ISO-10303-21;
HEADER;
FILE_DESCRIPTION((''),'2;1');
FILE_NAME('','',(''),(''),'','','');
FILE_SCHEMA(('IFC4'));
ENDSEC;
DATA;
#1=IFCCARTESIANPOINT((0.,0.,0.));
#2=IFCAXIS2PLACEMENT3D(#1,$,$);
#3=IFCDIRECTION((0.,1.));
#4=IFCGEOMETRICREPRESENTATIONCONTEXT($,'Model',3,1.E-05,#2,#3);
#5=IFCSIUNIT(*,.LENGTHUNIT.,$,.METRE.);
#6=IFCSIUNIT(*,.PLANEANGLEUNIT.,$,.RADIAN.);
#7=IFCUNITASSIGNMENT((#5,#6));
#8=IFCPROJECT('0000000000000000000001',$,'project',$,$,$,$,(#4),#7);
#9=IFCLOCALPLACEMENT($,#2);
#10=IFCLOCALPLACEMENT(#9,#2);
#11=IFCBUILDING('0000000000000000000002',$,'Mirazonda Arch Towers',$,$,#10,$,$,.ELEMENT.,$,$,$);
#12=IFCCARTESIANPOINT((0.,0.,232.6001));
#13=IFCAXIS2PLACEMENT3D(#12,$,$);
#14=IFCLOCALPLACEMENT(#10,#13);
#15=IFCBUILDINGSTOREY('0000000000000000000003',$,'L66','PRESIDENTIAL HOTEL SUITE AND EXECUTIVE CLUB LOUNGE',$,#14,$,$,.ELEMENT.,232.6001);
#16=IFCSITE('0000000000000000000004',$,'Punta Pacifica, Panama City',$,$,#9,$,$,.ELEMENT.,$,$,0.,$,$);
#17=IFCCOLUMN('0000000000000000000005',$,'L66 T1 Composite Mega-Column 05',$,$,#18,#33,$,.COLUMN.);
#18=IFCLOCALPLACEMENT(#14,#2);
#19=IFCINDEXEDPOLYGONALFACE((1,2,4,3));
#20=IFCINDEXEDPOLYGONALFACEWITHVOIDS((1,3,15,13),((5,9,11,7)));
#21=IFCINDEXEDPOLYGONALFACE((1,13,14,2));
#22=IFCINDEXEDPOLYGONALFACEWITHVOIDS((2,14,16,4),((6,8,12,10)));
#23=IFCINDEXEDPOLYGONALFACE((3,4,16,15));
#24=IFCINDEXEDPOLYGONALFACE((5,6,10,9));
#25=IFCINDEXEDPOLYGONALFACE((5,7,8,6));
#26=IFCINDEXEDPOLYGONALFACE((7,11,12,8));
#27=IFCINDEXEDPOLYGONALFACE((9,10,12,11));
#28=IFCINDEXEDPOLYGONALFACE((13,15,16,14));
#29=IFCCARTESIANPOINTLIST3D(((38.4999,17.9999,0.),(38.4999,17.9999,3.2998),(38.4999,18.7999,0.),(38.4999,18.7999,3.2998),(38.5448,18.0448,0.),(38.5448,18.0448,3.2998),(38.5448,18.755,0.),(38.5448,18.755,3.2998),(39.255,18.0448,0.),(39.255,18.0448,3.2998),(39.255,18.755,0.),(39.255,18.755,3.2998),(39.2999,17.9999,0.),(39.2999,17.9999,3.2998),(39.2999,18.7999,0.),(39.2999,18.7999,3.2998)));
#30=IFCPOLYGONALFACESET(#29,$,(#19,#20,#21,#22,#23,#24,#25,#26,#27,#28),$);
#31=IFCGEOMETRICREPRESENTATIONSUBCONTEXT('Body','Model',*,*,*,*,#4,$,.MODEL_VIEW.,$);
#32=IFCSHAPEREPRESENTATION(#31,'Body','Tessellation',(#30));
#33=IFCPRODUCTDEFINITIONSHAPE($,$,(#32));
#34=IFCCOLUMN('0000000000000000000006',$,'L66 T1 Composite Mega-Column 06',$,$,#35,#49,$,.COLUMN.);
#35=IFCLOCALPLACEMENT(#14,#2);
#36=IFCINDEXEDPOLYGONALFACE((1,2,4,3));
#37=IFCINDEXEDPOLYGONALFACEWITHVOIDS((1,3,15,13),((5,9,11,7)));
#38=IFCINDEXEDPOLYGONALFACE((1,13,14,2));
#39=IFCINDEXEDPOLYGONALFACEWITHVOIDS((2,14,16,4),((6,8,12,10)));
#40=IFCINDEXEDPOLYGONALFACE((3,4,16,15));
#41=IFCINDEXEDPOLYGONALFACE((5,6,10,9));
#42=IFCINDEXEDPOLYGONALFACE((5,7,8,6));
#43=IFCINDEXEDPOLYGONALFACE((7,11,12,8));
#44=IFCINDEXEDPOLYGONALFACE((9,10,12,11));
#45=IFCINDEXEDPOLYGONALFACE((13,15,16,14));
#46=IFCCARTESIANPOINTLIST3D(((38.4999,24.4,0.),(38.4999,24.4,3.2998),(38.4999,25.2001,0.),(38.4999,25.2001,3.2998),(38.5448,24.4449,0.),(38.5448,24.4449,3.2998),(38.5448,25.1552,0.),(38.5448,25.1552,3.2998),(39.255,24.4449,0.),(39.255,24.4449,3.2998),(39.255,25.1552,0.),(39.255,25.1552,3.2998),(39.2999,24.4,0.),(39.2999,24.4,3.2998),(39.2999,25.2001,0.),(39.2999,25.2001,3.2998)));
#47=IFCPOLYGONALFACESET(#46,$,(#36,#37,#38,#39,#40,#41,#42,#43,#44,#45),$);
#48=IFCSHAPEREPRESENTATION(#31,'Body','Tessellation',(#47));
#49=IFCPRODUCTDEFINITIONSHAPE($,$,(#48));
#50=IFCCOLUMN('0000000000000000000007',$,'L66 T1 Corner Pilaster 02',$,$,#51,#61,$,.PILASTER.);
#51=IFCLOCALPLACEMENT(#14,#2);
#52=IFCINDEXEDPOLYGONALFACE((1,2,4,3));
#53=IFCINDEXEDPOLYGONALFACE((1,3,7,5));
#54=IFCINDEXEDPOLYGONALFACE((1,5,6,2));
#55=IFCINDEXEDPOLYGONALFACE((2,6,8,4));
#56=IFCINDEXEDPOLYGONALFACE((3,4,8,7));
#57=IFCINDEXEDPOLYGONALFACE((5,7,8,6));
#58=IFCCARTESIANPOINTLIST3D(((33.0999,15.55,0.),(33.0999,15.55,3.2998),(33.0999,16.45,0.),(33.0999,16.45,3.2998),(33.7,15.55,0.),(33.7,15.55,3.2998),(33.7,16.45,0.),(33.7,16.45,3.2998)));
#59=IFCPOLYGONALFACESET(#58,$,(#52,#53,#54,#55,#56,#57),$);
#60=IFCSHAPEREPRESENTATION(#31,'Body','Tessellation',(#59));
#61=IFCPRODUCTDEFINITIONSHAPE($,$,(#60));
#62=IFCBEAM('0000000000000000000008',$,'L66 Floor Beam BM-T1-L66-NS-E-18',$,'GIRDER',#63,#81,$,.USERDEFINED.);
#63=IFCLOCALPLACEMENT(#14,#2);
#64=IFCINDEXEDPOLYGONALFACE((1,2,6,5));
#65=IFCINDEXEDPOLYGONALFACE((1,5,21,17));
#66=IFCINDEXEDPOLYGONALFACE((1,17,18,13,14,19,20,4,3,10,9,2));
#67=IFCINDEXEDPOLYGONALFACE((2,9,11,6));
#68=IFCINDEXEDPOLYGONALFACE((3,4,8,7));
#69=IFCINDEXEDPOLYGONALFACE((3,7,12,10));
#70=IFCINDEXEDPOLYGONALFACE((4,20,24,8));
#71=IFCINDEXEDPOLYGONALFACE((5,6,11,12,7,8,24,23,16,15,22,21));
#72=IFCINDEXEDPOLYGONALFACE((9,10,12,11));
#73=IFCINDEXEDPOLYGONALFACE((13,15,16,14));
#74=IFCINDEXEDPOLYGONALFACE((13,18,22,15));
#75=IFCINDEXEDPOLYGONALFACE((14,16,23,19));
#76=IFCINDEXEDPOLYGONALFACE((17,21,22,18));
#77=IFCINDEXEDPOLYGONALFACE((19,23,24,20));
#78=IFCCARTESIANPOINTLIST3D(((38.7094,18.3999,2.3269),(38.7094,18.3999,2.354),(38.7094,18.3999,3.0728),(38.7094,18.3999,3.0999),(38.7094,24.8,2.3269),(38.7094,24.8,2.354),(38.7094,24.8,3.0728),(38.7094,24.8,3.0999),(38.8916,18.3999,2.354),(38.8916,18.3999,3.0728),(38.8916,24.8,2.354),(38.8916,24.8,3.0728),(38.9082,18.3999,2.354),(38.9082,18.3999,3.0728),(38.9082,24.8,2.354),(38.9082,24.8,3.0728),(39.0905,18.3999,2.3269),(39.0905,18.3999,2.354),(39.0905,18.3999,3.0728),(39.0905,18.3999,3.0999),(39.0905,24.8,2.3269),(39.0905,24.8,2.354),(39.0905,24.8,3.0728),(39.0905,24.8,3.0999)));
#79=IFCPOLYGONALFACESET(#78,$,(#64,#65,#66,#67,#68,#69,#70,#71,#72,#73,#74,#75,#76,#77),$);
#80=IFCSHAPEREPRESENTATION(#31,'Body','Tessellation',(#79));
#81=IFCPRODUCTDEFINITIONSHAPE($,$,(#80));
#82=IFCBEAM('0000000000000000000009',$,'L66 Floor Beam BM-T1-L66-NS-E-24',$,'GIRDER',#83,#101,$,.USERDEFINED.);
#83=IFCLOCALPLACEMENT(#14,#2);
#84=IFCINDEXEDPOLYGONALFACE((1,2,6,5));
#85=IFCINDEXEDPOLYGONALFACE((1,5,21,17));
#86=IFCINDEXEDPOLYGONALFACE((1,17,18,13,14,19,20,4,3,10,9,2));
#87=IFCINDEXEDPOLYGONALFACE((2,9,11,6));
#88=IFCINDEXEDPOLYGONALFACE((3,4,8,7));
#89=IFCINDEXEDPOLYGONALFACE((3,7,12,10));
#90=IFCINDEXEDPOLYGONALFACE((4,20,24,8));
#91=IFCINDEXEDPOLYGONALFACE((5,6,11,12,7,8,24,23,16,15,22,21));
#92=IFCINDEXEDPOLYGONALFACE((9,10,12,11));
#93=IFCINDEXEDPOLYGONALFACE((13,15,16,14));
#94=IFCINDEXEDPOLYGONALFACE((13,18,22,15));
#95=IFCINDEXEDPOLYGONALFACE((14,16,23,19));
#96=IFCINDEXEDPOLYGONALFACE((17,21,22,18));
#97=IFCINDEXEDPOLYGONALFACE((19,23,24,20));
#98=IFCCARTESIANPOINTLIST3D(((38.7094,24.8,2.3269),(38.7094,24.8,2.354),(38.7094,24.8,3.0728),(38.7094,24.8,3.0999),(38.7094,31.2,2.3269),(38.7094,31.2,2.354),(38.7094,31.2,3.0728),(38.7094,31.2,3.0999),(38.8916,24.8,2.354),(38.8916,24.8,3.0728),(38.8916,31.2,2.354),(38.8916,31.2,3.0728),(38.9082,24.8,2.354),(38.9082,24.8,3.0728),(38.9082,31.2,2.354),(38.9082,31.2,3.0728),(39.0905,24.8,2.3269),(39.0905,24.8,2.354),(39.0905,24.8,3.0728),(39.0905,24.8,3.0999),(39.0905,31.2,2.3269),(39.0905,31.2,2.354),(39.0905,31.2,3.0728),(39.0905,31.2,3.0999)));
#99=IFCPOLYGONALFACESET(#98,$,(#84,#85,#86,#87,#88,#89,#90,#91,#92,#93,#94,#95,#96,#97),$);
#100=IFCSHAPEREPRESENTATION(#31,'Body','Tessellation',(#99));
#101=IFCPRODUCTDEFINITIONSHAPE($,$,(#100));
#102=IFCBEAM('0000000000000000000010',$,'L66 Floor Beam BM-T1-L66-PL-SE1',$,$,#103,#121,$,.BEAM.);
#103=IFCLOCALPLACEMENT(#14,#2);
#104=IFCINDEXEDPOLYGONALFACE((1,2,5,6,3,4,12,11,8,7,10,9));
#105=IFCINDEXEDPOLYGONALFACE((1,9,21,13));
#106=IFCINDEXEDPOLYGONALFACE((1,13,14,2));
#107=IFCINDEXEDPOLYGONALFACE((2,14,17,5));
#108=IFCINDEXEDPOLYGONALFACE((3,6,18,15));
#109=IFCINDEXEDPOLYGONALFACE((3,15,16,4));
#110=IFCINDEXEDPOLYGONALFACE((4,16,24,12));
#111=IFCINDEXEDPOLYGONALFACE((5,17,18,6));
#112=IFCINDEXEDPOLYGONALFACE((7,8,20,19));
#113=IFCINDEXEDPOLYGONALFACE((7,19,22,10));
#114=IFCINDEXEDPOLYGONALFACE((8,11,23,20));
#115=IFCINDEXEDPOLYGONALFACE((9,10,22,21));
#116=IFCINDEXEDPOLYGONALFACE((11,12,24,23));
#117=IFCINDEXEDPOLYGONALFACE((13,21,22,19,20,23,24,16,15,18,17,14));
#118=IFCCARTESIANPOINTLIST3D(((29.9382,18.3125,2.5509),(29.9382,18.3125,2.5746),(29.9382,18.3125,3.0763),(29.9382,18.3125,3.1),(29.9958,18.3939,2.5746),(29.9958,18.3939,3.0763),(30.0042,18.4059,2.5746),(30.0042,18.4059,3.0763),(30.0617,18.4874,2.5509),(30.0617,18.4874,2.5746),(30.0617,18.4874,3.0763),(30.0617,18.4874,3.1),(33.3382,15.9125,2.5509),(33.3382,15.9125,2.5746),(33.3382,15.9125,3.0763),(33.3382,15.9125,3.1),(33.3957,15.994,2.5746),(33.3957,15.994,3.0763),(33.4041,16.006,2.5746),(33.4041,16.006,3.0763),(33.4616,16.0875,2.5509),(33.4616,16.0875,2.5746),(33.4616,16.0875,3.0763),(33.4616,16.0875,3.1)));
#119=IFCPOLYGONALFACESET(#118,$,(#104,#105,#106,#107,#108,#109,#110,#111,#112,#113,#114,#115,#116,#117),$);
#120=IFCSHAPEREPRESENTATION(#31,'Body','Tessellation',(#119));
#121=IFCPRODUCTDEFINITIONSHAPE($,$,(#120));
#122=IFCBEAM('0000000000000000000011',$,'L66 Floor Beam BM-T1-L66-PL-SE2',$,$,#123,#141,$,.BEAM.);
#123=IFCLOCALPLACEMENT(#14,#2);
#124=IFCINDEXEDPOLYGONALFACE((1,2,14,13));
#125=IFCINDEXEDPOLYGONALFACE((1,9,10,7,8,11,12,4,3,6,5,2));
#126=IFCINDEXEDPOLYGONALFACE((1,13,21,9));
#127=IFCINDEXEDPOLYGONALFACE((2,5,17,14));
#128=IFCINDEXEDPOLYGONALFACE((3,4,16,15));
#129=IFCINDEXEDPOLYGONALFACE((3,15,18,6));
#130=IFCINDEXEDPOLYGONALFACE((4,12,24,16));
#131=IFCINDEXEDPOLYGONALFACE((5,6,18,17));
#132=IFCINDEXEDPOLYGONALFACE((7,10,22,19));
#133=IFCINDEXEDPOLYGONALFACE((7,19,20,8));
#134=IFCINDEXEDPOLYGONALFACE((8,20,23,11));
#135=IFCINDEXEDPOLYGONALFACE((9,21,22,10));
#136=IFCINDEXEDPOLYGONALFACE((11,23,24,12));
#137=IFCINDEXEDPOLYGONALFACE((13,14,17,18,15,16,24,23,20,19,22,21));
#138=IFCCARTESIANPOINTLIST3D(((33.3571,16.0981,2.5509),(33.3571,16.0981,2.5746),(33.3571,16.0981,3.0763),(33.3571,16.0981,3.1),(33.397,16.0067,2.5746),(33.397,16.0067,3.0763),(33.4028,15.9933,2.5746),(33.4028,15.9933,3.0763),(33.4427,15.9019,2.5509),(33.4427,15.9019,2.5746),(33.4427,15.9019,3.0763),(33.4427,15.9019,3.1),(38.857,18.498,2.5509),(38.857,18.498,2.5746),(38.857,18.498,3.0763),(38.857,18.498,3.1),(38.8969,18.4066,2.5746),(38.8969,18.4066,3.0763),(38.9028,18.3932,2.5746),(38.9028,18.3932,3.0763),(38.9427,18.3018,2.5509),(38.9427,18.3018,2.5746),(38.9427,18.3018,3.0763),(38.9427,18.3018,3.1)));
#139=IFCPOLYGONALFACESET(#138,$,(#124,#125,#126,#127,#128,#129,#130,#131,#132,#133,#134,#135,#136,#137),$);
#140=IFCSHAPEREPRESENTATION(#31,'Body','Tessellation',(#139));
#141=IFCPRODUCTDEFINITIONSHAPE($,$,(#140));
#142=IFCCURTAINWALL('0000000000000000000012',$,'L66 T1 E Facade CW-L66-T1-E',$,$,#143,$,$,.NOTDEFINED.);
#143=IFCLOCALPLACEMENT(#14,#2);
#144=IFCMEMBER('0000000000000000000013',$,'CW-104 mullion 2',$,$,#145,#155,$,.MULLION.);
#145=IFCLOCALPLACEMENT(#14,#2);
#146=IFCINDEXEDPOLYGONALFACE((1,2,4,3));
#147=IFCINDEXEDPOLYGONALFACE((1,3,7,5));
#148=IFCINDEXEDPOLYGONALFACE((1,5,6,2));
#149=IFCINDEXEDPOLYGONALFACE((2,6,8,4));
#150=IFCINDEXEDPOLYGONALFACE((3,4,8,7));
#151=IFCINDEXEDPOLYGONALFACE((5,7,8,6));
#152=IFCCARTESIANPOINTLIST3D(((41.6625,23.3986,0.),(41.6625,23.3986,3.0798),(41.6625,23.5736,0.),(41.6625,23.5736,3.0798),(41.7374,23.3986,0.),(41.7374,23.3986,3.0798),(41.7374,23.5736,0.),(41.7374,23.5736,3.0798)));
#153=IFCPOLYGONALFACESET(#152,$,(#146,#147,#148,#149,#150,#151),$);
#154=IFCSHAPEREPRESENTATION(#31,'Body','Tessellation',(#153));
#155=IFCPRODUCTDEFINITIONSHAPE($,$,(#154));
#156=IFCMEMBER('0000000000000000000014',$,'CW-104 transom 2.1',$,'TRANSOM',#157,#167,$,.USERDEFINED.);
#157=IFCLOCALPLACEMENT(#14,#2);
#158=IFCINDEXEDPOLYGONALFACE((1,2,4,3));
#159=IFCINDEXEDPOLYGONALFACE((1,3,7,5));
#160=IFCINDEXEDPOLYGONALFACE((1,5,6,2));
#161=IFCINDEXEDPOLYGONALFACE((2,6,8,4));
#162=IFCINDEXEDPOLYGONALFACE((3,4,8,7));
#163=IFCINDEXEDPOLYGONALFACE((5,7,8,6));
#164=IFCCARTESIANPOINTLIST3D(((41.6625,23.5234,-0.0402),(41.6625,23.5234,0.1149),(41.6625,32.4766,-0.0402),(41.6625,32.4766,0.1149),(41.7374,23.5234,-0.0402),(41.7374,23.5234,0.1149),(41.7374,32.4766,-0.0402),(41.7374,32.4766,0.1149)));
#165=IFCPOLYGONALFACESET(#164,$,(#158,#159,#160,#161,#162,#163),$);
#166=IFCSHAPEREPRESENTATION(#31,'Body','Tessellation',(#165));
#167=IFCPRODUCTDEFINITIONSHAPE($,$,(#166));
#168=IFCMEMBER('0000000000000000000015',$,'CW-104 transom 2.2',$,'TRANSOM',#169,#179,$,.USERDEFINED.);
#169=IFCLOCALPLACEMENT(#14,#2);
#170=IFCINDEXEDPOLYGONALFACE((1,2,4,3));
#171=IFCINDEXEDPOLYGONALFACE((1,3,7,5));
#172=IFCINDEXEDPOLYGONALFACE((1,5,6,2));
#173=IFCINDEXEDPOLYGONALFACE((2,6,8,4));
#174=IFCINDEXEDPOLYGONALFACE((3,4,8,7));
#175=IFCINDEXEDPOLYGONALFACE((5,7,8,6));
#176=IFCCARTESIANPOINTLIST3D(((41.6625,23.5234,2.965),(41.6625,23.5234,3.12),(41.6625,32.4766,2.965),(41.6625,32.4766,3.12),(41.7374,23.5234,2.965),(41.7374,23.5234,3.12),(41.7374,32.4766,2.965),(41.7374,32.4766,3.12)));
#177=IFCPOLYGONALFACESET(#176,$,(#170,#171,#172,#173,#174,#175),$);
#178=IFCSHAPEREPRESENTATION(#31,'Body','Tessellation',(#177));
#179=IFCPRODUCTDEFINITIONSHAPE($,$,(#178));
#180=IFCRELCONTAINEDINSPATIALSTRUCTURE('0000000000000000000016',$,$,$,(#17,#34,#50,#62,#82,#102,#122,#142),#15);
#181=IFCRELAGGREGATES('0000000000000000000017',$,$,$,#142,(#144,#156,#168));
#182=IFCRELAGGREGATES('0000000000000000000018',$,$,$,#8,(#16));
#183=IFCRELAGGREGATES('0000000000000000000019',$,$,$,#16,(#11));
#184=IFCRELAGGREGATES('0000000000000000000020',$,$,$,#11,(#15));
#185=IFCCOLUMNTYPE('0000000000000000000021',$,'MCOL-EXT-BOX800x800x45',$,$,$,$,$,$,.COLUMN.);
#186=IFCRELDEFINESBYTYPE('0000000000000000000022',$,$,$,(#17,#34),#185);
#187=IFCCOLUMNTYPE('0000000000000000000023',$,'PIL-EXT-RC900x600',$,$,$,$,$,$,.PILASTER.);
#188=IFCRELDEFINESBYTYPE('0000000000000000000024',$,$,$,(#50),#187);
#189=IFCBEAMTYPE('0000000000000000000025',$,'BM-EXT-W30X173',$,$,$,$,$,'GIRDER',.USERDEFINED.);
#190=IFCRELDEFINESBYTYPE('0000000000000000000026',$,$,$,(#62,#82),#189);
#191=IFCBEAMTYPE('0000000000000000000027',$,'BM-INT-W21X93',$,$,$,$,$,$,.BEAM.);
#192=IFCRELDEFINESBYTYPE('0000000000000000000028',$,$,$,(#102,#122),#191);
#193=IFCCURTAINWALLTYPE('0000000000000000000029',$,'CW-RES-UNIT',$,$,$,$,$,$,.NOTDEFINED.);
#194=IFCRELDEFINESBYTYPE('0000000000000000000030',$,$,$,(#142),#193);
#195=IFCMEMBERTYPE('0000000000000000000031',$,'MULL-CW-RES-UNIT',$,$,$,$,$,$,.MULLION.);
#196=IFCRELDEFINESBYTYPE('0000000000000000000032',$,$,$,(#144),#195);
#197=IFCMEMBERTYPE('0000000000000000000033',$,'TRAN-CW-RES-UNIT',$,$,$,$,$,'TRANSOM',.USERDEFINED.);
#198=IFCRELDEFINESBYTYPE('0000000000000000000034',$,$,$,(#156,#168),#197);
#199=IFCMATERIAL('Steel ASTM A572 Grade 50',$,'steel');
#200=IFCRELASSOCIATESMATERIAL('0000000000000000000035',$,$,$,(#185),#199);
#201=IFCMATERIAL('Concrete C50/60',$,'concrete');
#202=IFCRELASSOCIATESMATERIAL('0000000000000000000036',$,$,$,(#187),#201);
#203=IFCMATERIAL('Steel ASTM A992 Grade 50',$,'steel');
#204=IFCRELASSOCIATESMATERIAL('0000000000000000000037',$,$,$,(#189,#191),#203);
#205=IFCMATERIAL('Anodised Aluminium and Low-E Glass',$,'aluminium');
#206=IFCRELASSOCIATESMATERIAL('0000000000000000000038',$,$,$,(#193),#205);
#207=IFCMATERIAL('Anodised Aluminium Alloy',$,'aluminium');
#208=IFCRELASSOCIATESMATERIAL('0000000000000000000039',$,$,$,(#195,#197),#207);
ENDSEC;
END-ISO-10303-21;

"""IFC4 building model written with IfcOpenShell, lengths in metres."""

from ifc_helpers import new_model, si_unit, direction, frame, origin, origin_2d, place, context, subcontext, project, spatial, rectangle, hollow_rectangle, i_section, extrude, material, material_profile, profile_set, type_object, element, aggregate, save


model = new_model("IFC4")

# Units and contexts
model_context = context("Model", 3, precision=1e-05, world=origin(), true_north=direction((0.0, 1.0)))
body_context = subcontext(model_context, "Body", "Model", "MODEL_VIEW")
ifc_project = project(units=[si_unit("LENGTHUNIT", "METRE"), si_unit("PLANEANGLEUNIT", "RADIAN")], contexts=[model_context])

# Site, building, storey
site_placement = place(None, origin())
site = spatial("IfcSite", under=ifc_project, at=site_placement, Name="Punta Pacifica, Panama City", CompositionType="ELEMENT", RefElevation=0.0)
building_placement = place(site_placement, origin())
building = spatial("IfcBuilding", under=site, at=building_placement, Name="Mirazonda Arch Towers", CompositionType="ELEMENT")
storey_placement = place(building_placement, frame((0.0, 0.0, 232.6001)))
storey = spatial("IfcBuildingStorey", under=building, at=storey_placement, Name="L66", Description="PRESIDENTIAL HOTEL SUITE AND EXECUTIVE CLUB LOUNGE", CompositionType="ELEMENT", Elevation=232.6001)

# Columns
ifc_material_1 = material(Name="Steel ASTM A572 Grade 50", Category="steel")
ifc_material_profile_1 = material_profile(ifc_material_1, hollow_rectangle(XDim=0.8, YDim=0.8, WallThickness=0.0449, at=origin_2d()), Name="BOX800x800x45")
ifc_profile_set_1 = profile_set([ifc_material_profile_1], Name="Steel ASTM A572 Grade 50")
column_type_1 = type_object("IfcColumnType", Name="MCOL-EXT-BOX800x800x45", PredefinedType="COLUMN", material=ifc_profile_set_1)
for number, where, z_axis, x_axis, name in (
    (1, (38.8999, 18.3999, 0.0), (0.0, 0.0, 1.0), (1.0, 0.0, 0.0), "L66 T1 Composite Mega-Column 05"),
    (2, (38.8999, 24.8, 0.0), (0.0, 0.0, 1.0), (1.0, 0.0, 0.0), "L66 T1 Composite Mega-Column 06"),
):
    element("IfcColumn", number, at=place(storey_placement, frame(where, z_axis=z_axis, x_axis=x_axis)), inside=storey, type_object=column_type_1, Name=name, PredefinedType="COLUMN", context=body_context, shape_type="SweptSolid", body=[
        extrude(hollow_rectangle(XDim=0.8, YDim=0.8, WallThickness=0.0449, at=origin_2d()), origin(), (0.0, 0.0, 1.0), 3.2998),
    ])
ifc_material_2 = material(Name="Concrete C50/60", Category="concrete")
ifc_material_profile_2 = material_profile(ifc_material_2, rectangle(XDim=0.6001, YDim=0.8999, at=origin_2d()), Name="RC900x600")
ifc_profile_set_2 = profile_set([ifc_material_profile_2], Name="Concrete C50/60")
column_type_2 = type_object("IfcColumnType", Name="PIL-EXT-RC900x600", PredefinedType="PILASTER", material=ifc_profile_set_2)
column_placement = place(storey_placement, frame((33.3999, 16.0, 0.0), z_axis=(0.0, 0.0, 1.0), x_axis=(1.0, 0.0, 0.0)))
element("IfcColumn", 3, at=column_placement, inside=storey, type_object=column_type_2, Name="L66 T1 Corner Pilaster 02", PredefinedType="PILASTER", context=body_context, shape_type="SweptSolid", body=[
    extrude(rectangle(XDim=0.6001, YDim=0.8999, at=origin_2d()), origin(), (0.0, 0.0, 1.0), 3.2998),
])

# Beams
ifc_material_3 = material(Name="Steel ASTM A992 Grade 50", Category="steel")
ifc_material_profile_3 = material_profile(ifc_material_3, i_section(OverallWidth=0.3811, OverallDepth=0.7729, WebThickness=0.0166, FlangeThickness=0.0271, at=origin_2d()), Name="W30X173")
ifc_profile_set_3 = profile_set([ifc_material_profile_3], Name="Steel ASTM A992 Grade 50")
beam_type_1 = type_object("IfcBeamType", Name="BM-EXT-W30X173", ElementType="GIRDER", PredefinedType="USERDEFINED", material=ifc_profile_set_3)
beam_1_placement = place(storey_placement, frame((38.8999, 18.3999, 2.7134), z_axis=(0.0, 1.0, 0.0), x_axis=(-1.0, 0.0, 0.0)))
element("IfcBeam", 4, at=beam_1_placement, inside=storey, type_object=beam_type_1, Name="L66 Floor Beam BM-T1-L66-NS-E-18", ObjectType="GIRDER", PredefinedType="USERDEFINED", context=body_context, shape_type="SweptSolid", body=[
    extrude(i_section(OverallWidth=0.3811, OverallDepth=0.7729, WebThickness=0.0166, FlangeThickness=0.0271, at=origin_2d()), origin(), (0.0, 0.0, 1.0), 6.4001),
])
beam_2_placement = place(storey_placement, frame((38.8999, 24.8, 2.7134), z_axis=(0.0, 1.0, 0.0), x_axis=(-1.0, 0.0, 0.0)))
element("IfcBeam", 5, at=beam_2_placement, inside=storey, type_object=beam_type_1, Name="L66 Floor Beam BM-T1-L66-NS-E-24", ObjectType="GIRDER", PredefinedType="USERDEFINED", context=body_context, shape_type="SweptSolid", body=[
    extrude(i_section(OverallWidth=0.3811, OverallDepth=0.7729, WebThickness=0.0166, FlangeThickness=0.0271, at=origin_2d()), origin(), (0.0, 0.0, 1.0), 6.3999),
])
ifc_material_profile_4 = material_profile(ifc_material_3, i_section(OverallWidth=0.2141, OverallDepth=0.5491, WebThickness=0.0146, FlangeThickness=0.0237, at=origin_2d()), Name="W21X93")
ifc_profile_set_4 = profile_set([ifc_material_profile_4], Name="Steel ASTM A992 Grade 50")
beam_type_2 = type_object("IfcBeamType", Name="BM-INT-W21X93", PredefinedType="BEAM", material=ifc_profile_set_4)
beam_3_placement = place(storey_placement, frame((33.3999, 16.0, 2.8254), z_axis=(-0.816971, 0.576679, 0.0), x_axis=(-0.576679, -0.816971, 0.0)))
element("IfcBeam", 6, at=beam_3_placement, inside=storey, type_object=beam_type_2, Name="L66 Floor Beam BM-T1-L66-PL-SE1", PredefinedType="BEAM", context=body_context, shape_type="SweptSolid", body=[
    extrude(i_section(OverallWidth=0.2141, OverallDepth=0.5491, WebThickness=0.0146, FlangeThickness=0.0237, at=origin_2d()), origin(), (0.0, 0.0, 1.0), 4.1616),
])
beam_4_placement = place(storey_placement, frame((33.3999, 16.0, 2.8254), z_axis=(0.916545, 0.399931, 0.0), x_axis=(-0.399931, 0.916545, 0.0)))
element("IfcBeam", 7, at=beam_4_placement, inside=storey, type_object=beam_type_2, Name="L66 Floor Beam BM-T1-L66-PL-SE2", PredefinedType="BEAM", context=body_context, shape_type="SweptSolid", body=[
    extrude(i_section(OverallWidth=0.2141, OverallDepth=0.5491, WebThickness=0.0146, FlangeThickness=0.0237, at=origin_2d()), origin(), (0.0, 0.0, 1.0), 6.0007),
])

# Curtain wall, members
ifc_material_4 = material(Name="Anodised Aluminium and Low-E Glass", Category="aluminium")
curtain_wall_type = type_object("IfcCurtainWallType", Name="CW-RES-UNIT", PredefinedType="NOTDEFINED", material=ifc_material_4)
curtain_wall_placement = place(storey_placement, origin())
curtain_wall = element("IfcCurtainWall", 8, at=curtain_wall_placement, inside=storey, type_object=curtain_wall_type, Name="L66 T1 E Facade CW-L66-T1-E", PredefinedType="NOTDEFINED")
ifc_material_5 = material(Name="Anodised Aluminium Alloy", Category="aluminium")
ifc_material_profile_5 = material_profile(ifc_material_5, rectangle(XDim=0.075, YDim=0.175, at=origin_2d()), Name="ALU-MULL-75x175")
ifc_profile_set_5 = profile_set([ifc_material_profile_5], Name="Anodised Aluminium Alloy")
member_type_1 = type_object("IfcMemberType", Name="MULL-CW-RES-UNIT", PredefinedType="MULLION", material=ifc_profile_set_5)
member_1_placement = place(storey_placement, frame((41.7, 23.4861, 0.0), z_axis=(0.0, 0.0, 1.0), x_axis=(-1.0, 0.0, 0.0)))
member_1 = element("IfcMember", 9, at=member_1_placement, type_object=member_type_1, Name="CW-104 mullion 2", PredefinedType="MULLION", context=body_context, shape_type="SweptSolid", body=[
    extrude(rectangle(XDim=0.075, YDim=0.175, at=origin_2d()), origin(), (0.0, 0.0, 1.0), 3.0798),
])
ifc_material_profile_6 = material_profile(ifc_material_5, rectangle(XDim=0.075, YDim=0.155, at=origin_2d()), Name="ALU-TRAN-75x155")
ifc_profile_set_6 = profile_set([ifc_material_profile_6], Name="Anodised Aluminium Alloy")
member_type_2 = type_object("IfcMemberType", Name="TRAN-CW-RES-UNIT", ElementType="TRANSOM", PredefinedType="USERDEFINED", material=ifc_profile_set_6)
member_2_placement = place(storey_placement, frame((41.7, 23.5234, 0.0374), z_axis=(0.0, 1.0, 0.0), x_axis=(-1.0, 0.0, 0.0)))
member_2 = element("IfcMember", 10, at=member_2_placement, type_object=member_type_2, Name="CW-104 transom 2.1", ObjectType="TRANSOM", PredefinedType="USERDEFINED", context=body_context, shape_type="SweptSolid", body=[
    extrude(rectangle(XDim=0.075, YDim=0.155, at=origin_2d()), origin(), (0.0, 0.0, 1.0), 8.9531),
])
member_3_placement = place(storey_placement, frame((41.7, 23.5234, 3.0425), z_axis=(0.0, 1.0, 0.0), x_axis=(-1.0, 0.0, 0.0)))
member_3 = element("IfcMember", 11, at=member_3_placement, type_object=member_type_2, Name="CW-104 transom 2.2", ObjectType="TRANSOM", PredefinedType="USERDEFINED", context=body_context, shape_type="SweptSolid", body=[
    extrude(rectangle(XDim=0.075, YDim=0.155, at=origin_2d()), origin(), (0.0, 0.0, 1.0), 8.9531),
])
aggregate(curtain_wall, [member_1, member_2, member_3])

save(model, "model.ifc")
